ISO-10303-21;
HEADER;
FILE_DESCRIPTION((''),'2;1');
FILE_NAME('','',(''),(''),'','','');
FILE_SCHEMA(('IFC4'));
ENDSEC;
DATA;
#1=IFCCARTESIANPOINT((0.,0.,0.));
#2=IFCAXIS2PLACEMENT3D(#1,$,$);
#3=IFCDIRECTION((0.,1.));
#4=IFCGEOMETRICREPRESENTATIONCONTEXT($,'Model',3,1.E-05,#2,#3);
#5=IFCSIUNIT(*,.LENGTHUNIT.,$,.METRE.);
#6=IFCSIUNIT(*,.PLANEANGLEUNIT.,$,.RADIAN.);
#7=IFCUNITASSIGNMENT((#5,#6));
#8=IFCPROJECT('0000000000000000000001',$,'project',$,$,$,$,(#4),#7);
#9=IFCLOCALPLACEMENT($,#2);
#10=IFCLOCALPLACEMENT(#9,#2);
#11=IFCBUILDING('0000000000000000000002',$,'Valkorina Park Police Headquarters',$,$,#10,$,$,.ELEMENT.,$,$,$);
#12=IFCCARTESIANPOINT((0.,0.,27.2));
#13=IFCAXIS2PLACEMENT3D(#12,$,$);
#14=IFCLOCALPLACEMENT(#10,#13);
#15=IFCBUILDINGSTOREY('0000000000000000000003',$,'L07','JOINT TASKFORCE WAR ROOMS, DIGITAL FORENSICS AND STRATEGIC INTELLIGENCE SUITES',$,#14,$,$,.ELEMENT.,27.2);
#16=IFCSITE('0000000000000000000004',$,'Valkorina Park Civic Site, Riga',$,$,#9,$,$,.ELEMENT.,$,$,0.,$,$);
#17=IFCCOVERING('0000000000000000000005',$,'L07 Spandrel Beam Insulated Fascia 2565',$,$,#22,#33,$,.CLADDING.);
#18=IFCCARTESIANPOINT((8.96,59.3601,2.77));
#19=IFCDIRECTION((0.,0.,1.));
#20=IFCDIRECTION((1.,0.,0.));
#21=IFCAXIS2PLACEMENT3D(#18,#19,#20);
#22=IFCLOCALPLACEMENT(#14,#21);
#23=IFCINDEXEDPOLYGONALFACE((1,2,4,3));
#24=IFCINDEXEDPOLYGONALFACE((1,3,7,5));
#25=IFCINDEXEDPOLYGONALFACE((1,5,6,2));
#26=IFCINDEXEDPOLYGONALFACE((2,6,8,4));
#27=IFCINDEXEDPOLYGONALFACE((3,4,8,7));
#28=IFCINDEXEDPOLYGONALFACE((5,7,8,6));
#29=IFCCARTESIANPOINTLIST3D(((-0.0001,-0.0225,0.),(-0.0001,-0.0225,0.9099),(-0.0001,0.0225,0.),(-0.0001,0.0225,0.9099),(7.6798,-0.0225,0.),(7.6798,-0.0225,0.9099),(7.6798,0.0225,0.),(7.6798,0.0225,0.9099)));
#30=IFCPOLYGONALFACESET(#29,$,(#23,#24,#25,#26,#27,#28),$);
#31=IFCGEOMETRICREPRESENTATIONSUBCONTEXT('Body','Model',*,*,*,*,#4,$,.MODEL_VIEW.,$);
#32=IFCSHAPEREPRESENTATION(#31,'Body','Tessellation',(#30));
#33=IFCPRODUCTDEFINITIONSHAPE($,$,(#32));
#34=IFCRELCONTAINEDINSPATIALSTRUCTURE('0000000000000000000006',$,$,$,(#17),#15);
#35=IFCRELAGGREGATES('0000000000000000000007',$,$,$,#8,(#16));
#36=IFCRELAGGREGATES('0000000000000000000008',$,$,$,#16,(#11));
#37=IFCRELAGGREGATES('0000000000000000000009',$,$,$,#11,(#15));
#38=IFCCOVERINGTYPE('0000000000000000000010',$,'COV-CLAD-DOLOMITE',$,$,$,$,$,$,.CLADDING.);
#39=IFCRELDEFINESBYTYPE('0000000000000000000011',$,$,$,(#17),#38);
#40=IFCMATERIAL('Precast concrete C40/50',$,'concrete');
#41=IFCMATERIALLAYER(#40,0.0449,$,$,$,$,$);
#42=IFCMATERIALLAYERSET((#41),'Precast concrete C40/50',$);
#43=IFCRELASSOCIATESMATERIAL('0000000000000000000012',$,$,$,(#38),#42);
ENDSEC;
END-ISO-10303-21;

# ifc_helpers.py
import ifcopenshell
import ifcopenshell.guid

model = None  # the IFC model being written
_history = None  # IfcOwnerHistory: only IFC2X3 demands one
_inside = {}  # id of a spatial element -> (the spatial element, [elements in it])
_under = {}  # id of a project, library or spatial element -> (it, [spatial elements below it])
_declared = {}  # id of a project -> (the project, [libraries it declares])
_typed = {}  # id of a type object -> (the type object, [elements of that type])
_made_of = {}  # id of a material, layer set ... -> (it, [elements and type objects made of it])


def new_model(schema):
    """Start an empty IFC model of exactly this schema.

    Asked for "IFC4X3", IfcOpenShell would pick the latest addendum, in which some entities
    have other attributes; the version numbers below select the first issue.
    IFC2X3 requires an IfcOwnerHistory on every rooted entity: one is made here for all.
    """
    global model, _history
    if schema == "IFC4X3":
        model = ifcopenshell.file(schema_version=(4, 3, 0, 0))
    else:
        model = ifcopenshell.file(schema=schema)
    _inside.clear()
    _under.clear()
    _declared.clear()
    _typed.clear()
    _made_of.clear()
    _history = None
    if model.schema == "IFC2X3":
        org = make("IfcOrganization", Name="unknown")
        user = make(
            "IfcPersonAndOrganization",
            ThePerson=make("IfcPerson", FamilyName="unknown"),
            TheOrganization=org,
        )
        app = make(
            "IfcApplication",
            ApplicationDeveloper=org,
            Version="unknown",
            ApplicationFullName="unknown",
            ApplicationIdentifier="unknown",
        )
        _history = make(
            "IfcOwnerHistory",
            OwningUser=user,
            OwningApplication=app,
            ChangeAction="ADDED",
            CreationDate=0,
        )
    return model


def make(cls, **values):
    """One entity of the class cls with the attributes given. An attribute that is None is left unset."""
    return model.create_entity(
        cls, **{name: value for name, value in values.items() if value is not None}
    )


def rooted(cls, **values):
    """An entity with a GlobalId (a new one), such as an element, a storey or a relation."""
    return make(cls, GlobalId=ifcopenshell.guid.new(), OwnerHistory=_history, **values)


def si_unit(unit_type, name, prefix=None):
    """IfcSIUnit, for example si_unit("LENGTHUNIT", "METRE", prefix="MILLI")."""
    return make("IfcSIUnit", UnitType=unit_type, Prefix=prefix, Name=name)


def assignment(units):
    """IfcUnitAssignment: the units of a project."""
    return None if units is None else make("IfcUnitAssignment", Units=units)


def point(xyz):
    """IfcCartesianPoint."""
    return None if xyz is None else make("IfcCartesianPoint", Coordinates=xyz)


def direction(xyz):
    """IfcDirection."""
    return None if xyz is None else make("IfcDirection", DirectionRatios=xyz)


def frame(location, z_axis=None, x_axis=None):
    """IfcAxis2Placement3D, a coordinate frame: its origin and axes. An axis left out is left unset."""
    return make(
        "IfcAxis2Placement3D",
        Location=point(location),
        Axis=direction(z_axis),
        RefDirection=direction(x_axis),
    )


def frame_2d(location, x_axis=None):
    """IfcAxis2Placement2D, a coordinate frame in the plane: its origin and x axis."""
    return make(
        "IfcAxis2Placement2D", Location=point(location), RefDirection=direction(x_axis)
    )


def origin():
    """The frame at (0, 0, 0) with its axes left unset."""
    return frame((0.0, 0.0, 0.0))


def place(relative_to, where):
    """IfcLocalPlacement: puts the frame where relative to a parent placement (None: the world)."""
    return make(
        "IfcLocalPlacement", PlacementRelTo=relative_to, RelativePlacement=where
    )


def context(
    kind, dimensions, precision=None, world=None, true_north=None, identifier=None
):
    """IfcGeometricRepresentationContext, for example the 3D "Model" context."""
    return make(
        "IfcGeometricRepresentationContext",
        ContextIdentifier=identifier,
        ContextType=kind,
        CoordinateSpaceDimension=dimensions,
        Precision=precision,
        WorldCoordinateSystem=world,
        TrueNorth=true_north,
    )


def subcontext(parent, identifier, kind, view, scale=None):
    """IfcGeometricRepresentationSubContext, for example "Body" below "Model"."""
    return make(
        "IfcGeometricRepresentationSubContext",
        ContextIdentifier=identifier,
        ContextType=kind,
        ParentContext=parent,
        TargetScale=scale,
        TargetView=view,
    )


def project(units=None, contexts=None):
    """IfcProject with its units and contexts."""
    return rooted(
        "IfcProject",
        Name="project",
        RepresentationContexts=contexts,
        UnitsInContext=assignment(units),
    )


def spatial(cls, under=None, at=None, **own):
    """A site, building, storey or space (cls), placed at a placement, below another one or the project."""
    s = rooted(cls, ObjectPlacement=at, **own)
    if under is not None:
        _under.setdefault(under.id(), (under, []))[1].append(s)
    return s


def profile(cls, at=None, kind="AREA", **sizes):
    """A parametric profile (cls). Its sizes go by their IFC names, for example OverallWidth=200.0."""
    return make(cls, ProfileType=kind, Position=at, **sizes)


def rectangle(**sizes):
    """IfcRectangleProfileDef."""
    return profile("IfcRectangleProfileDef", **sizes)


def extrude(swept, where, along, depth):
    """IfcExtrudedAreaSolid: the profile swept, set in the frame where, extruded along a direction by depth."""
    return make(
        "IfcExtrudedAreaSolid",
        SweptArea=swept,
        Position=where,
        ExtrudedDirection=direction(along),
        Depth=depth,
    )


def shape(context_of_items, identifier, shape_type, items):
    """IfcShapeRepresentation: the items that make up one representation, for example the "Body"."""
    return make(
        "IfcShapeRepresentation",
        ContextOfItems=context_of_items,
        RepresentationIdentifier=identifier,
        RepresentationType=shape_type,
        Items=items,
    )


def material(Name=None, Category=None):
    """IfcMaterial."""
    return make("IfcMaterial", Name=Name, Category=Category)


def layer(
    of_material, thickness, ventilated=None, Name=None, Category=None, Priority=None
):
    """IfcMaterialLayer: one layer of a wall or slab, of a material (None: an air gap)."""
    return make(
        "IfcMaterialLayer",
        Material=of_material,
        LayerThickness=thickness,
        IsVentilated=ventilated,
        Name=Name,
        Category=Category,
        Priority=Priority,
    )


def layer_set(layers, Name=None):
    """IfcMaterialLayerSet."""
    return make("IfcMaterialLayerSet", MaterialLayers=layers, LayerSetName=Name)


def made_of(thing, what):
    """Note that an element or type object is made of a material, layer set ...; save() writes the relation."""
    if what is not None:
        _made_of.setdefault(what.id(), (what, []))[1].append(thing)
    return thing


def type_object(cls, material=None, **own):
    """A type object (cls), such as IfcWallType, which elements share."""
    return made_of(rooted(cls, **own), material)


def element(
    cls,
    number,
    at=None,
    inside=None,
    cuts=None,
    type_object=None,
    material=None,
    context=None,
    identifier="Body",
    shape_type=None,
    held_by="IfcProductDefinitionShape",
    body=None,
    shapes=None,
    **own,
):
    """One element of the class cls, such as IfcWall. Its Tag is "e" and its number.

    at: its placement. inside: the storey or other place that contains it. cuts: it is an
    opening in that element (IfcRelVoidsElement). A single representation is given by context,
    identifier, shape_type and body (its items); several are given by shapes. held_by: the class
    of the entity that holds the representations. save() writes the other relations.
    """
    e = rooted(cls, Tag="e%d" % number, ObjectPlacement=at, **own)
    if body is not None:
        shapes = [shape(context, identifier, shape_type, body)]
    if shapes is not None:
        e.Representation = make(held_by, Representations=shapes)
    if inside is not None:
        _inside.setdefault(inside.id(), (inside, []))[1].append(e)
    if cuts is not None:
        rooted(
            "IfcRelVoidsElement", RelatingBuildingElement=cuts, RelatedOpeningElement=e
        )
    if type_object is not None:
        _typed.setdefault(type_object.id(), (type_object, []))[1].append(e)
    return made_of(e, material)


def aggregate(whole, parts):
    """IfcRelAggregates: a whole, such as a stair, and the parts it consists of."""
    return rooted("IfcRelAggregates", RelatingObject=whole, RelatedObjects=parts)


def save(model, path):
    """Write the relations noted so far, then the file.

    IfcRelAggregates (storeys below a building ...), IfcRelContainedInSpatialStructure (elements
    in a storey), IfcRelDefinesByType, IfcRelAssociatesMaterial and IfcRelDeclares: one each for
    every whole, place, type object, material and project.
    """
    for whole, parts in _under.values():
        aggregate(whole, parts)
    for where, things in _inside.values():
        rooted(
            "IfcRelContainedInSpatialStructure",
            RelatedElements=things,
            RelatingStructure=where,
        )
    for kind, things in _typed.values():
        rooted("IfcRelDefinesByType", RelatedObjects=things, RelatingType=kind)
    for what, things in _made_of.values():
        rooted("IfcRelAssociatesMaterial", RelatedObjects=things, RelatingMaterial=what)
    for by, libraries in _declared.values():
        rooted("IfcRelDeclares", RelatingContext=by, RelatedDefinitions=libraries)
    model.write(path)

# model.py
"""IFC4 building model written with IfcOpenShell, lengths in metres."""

from ifc_helpers import new_model, si_unit, direction, frame, frame_2d, origin, place, context, subcontext, project, spatial, rectangle, extrude, material, layer, layer_set, type_object, element, save


model = new_model("IFC4")

# Units and contexts
model_context = context("Model", 3, precision=1e-05, world=origin(), true_north=direction((0.0, 1.0)))
body_context = subcontext(model_context, "Body", "Model", "MODEL_VIEW")
ifc_project = project(units=[si_unit("LENGTHUNIT", "METRE"), si_unit("PLANEANGLEUNIT", "RADIAN")], contexts=[model_context])

# Site, building, storey
site_placement = place(None, origin())
site = spatial("IfcSite", under=ifc_project, at=site_placement, Name="Valkorina Park Civic Site, Riga", CompositionType="ELEMENT", RefElevation=0.0)
building_placement = place(site_placement, origin())
building = spatial("IfcBuilding", under=site, at=building_placement, Name="Valkorina Park Police Headquarters", CompositionType="ELEMENT")
storey_placement = place(building_placement, frame((0.0, 0.0, 27.2)))
storey = spatial("IfcBuildingStorey", under=building, at=storey_placement, Name="L07", Description="JOINT TASKFORCE WAR ROOMS, DIGITAL FORENSICS AND STRATEGIC INTELLIGENCE SUITES", CompositionType="ELEMENT", Elevation=27.2)

# Covering
ifc_material_1 = material(Name="Precast concrete C40/50", Category="concrete")
ifc_layer_1 = layer(ifc_material_1, 0.0449)
ifc_layer_set_1 = layer_set([ifc_layer_1], Name="Precast concrete C40/50")
covering_type_1 = type_object("IfcCoveringType", Name="COV-CLAD-DOLOMITE", PredefinedType="CLADDING", material=ifc_layer_set_1)
covering_1_placement = place(storey_placement, frame((8.96, 59.3601, 2.77), z_axis=(0.0, 0.0, 1.0), x_axis=(1.0, 0.0, 0.0)))
element("IfcCovering", 1, at=covering_1_placement, inside=storey, type_object=covering_type_1, Name="L07 Spandrel Beam Insulated Fascia 2565", PredefinedType="CLADDING", context=body_context, shape_type="SweptSolid", body=[
    extrude(rectangle(XDim=7.6799, YDim=0.0449, at=frame_2d((3.8398, 0.0))), origin(), (0.0, 0.0, 1.0), 0.9099),
])

save(model, "model.ifc")
